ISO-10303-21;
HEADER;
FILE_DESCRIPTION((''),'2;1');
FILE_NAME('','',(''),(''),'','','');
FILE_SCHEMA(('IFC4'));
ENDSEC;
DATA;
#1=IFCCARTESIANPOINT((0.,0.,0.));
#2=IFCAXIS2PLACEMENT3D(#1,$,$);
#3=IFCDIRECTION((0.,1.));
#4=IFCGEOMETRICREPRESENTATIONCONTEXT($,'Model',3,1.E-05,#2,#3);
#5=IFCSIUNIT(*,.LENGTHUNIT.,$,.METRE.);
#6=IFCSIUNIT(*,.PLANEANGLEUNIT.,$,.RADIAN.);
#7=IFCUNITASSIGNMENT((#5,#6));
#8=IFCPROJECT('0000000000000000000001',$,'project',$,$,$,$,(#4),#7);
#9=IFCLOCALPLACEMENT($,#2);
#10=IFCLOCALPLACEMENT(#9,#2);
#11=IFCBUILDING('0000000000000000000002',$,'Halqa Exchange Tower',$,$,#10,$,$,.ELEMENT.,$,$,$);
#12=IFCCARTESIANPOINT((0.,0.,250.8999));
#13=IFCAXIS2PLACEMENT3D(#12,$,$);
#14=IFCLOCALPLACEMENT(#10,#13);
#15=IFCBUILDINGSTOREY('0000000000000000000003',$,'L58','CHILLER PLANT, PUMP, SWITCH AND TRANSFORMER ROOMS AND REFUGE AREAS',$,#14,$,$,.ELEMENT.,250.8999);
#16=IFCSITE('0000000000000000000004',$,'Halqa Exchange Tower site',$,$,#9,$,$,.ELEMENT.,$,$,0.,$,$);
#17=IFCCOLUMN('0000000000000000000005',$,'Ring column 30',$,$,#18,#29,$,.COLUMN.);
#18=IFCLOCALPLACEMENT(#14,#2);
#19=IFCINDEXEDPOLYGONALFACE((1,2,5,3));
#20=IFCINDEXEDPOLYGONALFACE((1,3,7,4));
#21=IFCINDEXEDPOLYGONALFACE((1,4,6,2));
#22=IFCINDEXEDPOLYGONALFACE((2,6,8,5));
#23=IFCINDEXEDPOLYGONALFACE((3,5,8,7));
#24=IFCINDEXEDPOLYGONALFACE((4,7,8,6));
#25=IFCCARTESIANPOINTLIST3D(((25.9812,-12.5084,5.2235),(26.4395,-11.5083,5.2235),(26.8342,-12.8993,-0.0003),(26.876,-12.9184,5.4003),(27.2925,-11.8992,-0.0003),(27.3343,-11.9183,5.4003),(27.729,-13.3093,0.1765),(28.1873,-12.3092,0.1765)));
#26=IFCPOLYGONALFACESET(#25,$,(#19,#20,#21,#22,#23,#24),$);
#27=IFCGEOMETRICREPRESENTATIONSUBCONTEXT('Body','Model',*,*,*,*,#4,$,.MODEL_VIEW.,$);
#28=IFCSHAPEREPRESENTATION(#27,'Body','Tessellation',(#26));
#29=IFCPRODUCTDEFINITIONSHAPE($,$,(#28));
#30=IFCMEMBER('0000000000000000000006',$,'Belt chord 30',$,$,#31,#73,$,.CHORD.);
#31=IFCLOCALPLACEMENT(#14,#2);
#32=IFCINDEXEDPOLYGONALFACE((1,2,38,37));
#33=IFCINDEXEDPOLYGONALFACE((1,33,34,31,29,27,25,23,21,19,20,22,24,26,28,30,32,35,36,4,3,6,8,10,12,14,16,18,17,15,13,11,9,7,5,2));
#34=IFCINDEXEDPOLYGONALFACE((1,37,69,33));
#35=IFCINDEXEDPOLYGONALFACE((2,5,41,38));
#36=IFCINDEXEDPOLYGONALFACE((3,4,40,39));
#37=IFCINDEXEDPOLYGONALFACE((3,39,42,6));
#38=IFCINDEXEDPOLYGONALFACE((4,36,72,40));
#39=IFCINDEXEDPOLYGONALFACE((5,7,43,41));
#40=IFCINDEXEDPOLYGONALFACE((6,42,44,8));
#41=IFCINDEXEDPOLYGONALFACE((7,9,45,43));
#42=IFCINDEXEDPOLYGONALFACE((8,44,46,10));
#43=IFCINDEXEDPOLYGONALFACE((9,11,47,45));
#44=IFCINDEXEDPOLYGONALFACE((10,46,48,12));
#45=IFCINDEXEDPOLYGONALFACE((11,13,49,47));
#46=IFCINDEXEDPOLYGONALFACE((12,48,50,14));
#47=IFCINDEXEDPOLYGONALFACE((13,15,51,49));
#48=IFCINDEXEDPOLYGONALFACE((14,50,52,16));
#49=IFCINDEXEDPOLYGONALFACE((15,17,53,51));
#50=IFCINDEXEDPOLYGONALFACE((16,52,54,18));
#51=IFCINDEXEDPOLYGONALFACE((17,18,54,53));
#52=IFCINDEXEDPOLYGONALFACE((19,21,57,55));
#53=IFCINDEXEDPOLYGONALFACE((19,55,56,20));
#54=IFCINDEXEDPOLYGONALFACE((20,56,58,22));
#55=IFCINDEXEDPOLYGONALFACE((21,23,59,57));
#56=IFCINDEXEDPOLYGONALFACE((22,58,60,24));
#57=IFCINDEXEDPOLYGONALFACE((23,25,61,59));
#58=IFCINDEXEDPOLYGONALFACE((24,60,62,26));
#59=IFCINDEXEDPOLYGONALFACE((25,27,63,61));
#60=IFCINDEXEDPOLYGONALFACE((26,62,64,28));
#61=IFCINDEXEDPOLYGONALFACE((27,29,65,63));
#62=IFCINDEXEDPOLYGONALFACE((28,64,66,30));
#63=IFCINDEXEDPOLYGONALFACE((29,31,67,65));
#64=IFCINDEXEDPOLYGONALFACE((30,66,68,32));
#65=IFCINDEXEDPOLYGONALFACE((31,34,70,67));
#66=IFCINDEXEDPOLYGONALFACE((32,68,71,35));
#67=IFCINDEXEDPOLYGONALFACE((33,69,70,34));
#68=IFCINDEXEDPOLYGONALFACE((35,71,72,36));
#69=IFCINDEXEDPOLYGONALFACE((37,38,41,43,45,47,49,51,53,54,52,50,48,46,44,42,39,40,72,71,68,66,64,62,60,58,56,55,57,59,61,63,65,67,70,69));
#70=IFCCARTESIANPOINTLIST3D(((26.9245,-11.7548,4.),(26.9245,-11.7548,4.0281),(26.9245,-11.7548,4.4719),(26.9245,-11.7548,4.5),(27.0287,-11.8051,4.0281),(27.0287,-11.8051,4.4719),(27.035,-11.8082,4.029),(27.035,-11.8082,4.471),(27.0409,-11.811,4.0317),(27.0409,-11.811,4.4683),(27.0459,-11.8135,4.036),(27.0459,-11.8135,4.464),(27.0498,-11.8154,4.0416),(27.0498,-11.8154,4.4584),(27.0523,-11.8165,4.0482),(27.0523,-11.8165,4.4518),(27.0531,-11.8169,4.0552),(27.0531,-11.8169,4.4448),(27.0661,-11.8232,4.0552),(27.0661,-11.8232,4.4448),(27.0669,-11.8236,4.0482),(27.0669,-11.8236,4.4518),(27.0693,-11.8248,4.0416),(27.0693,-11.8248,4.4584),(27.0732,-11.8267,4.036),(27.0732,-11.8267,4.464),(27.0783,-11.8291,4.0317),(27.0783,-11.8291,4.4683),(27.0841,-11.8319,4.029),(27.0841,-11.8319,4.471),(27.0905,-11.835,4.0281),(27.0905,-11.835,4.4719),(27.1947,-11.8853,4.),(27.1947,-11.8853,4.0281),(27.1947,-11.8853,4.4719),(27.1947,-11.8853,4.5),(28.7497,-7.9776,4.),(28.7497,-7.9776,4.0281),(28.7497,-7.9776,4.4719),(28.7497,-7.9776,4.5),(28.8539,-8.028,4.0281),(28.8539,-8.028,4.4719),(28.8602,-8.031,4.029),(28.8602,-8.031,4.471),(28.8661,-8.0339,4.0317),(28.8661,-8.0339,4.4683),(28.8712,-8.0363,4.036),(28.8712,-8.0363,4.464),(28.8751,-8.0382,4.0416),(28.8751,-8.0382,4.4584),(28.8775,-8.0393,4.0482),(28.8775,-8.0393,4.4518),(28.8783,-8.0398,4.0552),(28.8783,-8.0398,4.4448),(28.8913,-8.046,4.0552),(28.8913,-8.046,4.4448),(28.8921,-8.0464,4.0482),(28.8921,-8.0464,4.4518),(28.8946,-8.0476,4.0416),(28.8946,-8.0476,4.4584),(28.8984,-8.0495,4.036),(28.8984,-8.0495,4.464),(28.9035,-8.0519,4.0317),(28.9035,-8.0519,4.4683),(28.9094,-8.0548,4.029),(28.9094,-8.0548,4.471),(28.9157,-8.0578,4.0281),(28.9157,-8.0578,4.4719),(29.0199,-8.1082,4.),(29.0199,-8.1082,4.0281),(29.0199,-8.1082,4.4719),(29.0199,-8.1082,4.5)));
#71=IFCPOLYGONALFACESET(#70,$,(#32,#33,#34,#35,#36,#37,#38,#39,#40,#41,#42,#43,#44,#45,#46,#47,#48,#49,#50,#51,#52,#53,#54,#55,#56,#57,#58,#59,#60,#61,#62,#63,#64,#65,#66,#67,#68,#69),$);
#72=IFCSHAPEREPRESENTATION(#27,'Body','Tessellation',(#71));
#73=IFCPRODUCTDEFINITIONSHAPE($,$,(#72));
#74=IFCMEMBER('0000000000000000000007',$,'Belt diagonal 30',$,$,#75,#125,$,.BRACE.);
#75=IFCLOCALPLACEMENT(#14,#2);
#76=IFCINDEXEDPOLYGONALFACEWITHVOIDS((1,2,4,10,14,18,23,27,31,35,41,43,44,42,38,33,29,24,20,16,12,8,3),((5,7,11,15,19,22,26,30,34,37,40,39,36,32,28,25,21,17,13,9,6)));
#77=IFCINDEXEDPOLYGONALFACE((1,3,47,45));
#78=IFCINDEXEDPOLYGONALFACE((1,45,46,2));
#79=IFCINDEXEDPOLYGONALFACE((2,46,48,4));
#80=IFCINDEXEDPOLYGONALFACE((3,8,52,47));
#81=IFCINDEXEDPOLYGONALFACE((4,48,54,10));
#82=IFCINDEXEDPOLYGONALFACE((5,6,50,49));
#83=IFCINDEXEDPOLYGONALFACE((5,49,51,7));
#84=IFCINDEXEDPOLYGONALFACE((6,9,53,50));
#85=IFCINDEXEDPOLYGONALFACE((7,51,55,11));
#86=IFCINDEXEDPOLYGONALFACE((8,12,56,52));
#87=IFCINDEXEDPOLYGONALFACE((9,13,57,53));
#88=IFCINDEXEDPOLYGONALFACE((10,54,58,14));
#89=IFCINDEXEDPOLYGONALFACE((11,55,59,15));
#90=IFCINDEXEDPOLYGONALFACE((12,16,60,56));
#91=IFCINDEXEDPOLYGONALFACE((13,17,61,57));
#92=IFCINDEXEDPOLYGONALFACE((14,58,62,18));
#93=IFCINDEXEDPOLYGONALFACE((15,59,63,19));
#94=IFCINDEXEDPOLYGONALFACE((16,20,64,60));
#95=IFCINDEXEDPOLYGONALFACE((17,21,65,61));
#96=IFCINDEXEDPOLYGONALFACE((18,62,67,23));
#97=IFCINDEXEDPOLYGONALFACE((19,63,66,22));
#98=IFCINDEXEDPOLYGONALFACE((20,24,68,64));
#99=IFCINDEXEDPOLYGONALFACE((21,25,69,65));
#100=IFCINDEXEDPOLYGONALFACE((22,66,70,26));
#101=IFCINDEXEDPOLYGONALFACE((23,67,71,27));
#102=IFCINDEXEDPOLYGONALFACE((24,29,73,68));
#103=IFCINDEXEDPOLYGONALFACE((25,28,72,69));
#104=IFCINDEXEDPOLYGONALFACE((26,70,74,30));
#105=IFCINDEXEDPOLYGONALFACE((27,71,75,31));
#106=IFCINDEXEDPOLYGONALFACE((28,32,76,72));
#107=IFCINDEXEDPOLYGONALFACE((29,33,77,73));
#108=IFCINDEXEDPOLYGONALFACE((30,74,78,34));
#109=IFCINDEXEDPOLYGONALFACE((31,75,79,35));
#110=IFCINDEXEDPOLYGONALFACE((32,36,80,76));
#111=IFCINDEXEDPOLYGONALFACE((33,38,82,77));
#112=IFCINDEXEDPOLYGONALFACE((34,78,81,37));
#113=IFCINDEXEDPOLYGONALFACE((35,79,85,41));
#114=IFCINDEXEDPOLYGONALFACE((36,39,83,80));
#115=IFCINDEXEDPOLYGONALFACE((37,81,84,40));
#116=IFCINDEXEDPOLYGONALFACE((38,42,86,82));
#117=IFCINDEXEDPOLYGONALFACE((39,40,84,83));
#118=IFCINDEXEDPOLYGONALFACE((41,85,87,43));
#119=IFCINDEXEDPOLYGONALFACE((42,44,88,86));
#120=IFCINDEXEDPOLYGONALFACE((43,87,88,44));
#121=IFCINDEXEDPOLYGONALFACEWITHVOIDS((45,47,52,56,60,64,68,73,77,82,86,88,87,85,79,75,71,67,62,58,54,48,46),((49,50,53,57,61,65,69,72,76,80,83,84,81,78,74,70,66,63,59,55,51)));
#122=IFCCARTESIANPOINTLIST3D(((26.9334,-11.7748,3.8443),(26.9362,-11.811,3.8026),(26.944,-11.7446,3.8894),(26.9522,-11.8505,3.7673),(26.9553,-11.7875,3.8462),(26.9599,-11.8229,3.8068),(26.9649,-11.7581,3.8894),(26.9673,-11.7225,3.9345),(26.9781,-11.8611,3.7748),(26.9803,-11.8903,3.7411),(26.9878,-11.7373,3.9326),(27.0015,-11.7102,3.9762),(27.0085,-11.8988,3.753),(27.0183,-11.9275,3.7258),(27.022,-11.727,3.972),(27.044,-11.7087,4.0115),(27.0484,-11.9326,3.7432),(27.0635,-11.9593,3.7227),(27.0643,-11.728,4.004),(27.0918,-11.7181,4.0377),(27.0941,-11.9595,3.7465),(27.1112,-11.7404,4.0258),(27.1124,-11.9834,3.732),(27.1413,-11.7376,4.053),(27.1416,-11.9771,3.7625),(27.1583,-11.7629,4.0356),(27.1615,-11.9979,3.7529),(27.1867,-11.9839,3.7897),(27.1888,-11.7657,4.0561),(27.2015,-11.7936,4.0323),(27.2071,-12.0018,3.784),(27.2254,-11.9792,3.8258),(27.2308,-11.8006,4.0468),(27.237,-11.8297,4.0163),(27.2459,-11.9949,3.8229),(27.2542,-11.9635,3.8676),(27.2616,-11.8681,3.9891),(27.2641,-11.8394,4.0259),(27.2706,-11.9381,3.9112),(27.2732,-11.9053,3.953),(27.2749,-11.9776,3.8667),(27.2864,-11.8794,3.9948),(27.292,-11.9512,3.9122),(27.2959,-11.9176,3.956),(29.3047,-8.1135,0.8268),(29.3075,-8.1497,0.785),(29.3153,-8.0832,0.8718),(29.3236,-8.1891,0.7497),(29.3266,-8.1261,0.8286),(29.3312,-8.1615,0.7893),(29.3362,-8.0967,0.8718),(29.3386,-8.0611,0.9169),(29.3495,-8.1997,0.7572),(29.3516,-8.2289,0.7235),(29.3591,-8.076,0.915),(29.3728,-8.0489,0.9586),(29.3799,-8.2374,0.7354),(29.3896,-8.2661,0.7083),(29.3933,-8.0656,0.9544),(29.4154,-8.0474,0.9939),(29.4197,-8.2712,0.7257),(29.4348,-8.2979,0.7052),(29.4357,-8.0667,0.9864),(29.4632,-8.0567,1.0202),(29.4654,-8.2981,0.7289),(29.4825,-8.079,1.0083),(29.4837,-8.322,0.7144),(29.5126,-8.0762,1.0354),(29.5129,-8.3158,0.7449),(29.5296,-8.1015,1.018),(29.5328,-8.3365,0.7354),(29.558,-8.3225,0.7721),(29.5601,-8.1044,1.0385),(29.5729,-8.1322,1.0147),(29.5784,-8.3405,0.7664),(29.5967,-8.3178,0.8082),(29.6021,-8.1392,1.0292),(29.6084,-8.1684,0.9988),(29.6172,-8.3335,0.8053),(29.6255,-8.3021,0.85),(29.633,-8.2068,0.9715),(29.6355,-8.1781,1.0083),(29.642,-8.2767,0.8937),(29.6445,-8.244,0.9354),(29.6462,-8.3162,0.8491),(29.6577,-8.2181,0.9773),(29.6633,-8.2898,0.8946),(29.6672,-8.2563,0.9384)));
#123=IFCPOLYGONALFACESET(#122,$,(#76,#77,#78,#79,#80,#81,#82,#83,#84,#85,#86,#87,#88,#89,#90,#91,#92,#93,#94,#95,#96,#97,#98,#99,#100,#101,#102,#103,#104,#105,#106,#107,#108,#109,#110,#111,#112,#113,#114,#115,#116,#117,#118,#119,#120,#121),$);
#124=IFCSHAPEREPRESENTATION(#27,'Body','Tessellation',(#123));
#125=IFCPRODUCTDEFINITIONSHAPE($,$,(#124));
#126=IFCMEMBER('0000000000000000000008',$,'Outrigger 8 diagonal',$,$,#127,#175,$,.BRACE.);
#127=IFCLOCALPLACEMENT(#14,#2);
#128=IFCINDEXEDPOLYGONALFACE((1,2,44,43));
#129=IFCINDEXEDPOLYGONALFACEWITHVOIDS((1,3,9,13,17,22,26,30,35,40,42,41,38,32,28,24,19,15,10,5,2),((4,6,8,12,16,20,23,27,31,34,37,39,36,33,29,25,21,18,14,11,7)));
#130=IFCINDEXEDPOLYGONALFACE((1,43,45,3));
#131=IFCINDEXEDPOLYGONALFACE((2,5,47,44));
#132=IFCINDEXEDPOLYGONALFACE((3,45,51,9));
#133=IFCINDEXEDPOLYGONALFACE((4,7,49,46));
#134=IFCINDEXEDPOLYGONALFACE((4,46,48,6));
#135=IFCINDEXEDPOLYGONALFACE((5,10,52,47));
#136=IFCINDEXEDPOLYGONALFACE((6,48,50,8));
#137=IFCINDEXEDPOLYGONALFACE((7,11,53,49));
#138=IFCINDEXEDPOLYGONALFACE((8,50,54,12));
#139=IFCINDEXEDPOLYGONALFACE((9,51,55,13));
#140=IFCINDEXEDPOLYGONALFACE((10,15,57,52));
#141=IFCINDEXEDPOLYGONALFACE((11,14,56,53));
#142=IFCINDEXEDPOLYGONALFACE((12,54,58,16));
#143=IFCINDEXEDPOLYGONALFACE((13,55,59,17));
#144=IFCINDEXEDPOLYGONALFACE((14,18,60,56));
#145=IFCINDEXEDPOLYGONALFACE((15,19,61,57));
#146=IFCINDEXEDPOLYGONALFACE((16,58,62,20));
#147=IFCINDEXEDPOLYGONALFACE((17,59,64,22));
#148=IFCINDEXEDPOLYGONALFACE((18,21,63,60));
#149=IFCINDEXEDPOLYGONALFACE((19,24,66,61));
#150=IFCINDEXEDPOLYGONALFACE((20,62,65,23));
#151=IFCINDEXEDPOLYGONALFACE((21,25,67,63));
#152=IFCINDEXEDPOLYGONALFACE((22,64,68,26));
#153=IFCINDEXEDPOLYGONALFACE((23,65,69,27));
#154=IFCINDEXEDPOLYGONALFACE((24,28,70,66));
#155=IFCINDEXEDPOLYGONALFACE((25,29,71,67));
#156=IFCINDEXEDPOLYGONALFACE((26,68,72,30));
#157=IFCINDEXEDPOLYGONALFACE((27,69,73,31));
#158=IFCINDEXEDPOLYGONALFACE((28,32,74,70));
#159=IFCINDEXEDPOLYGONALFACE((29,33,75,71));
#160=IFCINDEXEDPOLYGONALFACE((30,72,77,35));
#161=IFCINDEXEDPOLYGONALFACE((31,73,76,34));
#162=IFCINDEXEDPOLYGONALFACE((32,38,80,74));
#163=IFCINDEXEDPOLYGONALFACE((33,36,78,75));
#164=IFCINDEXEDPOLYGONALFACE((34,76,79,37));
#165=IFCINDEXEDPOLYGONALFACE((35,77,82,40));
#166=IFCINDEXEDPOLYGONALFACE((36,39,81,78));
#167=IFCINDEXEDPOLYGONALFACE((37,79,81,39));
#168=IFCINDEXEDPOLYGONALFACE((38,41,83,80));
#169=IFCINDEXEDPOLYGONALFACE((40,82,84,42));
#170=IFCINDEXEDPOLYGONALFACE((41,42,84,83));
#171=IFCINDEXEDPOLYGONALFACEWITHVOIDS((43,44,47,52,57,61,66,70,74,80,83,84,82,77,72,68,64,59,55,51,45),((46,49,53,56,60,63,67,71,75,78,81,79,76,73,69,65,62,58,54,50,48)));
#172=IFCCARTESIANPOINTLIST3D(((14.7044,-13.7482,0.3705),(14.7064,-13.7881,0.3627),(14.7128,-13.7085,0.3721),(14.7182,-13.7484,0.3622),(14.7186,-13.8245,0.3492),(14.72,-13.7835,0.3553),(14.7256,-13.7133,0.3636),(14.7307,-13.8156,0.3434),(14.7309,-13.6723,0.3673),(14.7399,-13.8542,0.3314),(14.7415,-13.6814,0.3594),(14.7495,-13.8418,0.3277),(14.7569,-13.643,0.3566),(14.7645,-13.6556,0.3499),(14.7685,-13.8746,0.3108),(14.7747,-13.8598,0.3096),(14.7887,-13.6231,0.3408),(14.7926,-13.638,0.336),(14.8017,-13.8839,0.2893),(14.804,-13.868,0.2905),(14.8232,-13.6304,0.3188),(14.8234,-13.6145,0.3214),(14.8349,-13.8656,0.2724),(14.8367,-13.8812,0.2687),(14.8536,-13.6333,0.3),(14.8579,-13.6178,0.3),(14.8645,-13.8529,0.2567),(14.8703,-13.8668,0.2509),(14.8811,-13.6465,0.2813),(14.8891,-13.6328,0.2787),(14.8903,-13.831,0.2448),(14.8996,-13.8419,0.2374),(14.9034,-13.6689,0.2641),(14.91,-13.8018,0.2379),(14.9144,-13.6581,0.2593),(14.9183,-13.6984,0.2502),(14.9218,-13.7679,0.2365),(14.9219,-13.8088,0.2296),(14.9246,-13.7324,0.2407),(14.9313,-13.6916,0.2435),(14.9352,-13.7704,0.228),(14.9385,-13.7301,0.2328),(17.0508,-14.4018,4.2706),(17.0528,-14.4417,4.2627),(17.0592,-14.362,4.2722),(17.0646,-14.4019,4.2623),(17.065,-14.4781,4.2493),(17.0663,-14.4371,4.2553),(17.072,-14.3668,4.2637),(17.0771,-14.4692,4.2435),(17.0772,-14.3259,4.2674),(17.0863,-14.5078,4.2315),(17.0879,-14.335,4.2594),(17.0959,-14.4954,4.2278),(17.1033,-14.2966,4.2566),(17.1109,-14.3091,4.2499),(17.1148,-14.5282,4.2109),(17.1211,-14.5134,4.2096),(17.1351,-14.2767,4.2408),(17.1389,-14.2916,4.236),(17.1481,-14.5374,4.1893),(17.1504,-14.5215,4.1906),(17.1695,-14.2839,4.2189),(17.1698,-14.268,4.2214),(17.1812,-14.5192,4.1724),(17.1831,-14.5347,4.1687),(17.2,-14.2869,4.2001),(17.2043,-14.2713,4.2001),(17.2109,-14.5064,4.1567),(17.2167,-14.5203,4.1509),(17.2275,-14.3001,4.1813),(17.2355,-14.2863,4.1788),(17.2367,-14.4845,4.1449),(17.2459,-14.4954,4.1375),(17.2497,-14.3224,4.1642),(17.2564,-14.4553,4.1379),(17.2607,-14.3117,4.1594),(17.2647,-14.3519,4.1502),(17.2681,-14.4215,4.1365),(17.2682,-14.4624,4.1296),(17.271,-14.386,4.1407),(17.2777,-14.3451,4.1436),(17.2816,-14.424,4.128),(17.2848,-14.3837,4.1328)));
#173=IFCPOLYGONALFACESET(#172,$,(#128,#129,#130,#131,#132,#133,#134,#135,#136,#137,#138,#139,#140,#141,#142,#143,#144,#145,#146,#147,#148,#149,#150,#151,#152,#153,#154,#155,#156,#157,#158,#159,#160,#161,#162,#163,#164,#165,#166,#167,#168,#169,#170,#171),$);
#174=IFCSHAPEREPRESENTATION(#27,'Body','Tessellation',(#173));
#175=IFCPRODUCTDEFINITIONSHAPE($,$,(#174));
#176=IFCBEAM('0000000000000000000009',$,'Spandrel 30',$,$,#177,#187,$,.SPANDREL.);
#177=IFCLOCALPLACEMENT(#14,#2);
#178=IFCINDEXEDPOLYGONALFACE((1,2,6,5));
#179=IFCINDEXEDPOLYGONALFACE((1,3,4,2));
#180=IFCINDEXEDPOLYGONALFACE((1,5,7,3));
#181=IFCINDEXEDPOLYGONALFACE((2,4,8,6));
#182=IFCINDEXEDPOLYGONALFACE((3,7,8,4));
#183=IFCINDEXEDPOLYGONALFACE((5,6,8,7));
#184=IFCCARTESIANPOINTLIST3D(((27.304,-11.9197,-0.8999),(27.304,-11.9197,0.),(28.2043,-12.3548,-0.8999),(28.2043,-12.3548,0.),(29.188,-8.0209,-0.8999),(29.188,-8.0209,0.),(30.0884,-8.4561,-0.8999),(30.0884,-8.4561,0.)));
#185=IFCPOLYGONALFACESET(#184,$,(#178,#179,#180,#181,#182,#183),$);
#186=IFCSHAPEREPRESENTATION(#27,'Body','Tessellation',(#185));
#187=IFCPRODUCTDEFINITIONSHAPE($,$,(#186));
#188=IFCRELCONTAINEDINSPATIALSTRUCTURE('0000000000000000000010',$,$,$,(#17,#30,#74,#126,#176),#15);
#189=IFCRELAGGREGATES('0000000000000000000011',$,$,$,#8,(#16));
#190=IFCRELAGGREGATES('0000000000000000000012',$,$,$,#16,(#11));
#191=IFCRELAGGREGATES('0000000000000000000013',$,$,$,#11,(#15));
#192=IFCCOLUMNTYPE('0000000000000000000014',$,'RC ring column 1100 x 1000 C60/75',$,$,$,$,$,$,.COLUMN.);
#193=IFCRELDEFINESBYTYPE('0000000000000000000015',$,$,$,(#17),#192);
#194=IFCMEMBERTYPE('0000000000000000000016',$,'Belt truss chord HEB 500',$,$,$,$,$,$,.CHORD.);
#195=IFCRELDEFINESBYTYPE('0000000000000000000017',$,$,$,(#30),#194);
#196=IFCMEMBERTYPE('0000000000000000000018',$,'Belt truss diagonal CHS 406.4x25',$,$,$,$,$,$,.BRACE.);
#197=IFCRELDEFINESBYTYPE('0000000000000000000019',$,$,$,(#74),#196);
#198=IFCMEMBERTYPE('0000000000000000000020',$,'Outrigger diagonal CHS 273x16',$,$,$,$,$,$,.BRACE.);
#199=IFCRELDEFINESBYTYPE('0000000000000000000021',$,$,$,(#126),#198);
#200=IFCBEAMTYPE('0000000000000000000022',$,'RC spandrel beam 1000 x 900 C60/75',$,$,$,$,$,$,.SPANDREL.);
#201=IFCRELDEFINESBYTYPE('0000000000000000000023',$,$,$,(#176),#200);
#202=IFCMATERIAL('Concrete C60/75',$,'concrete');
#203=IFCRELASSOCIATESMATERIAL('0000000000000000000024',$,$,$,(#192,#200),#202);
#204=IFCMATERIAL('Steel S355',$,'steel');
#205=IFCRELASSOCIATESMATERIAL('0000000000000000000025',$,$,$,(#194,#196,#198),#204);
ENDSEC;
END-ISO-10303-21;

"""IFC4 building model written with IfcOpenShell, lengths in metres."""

from ifc_helpers import new_model, si_unit, direction, frame, origin, origin_2d, place, context, subcontext, project, spatial, rectangle, hollow_circle, i_section, extrude, material, material_profile, profile_set, type_object, element, save


model = new_model("IFC4")

# Units and contexts
model_context = context("Model", 3, precision=1e-05, world=origin(), true_north=direction((0.0, 1.0)))
body_context = subcontext(model_context, "Body", "Model", "MODEL_VIEW")
ifc_project = project(units=[si_unit("LENGTHUNIT", "METRE"), si_unit("PLANEANGLEUNIT", "RADIAN")], contexts=[model_context])

# Site, building, storey
site_placement = place(None, origin())
site = spatial("IfcSite", under=ifc_project, at=site_placement, Name="Halqa Exchange Tower site", CompositionType="ELEMENT", RefElevation=0.0)
building_placement = place(site_placement, origin())
building = spatial("IfcBuilding", under=site, at=building_placement, Name="Halqa Exchange Tower", CompositionType="ELEMENT")
storey_placement = place(building_placement, frame((0.0, 0.0, 250.8999)))
storey = spatial("IfcBuildingStorey", under=building, at=storey_placement, Name="L58", Description="CHILLER PLANT, PUMP, SWITCH AND TRANSFORMER ROOMS AND REFUGE AREAS", CompositionType="ELEMENT", Elevation=250.8999)

# Column
ifc_material_1 = material(Name="Concrete C60/75", Category="concrete")
ifc_material_profile_1 = material_profile(ifc_material_1, rectangle(XDim=1.1001, YDim=1.0, at=origin_2d()), Name="1100 x 1000")
ifc_profile_set_1 = profile_set([ifc_material_profile_1], Name="Concrete C60/75")
column_type = type_object("IfcColumnType", Name="RC ring column 1100 x 1000 C60/75", PredefinedType="COLUMN", material=ifc_profile_set_1)
column_placement = place(storey_placement, frame((27.5107, -12.6042, 0.0881), z_axis=(-0.160722, 0.073645, 0.984248), x_axis=(-0.416565, -0.909106, 0.0)))
element("IfcColumn", 1, at=column_placement, inside=storey, type_object=column_type, Name="Ring column 30", PredefinedType="COLUMN", context=body_context, shape_type="SweptSolid", body=[
    extrude(rectangle(XDim=1.1001, YDim=1.0, at=origin_2d()), origin(), (0.0, 0.0, 1.0), 5.3074),
])

# Members
ifc_material_2 = material(Name="Steel S355", Category="steel")
ifc_material_profile_2 = material_profile(ifc_material_2, i_section(OverallWidth=0.3, OverallDepth=0.5, WebThickness=0.0144, FlangeThickness=0.0281, FilletRadius=0.0271, at=origin_2d()), Name="HEB 500")
ifc_profile_set_2 = profile_set([ifc_material_profile_2], Name="Steel S355")
member_type_1 = type_object("IfcMemberType", Name="Belt truss chord HEB 500", PredefinedType="CHORD", material=ifc_profile_set_2)
member_1_placement = place(storey_placement, frame((27.0596, -11.8201, 4.25), z_axis=(0.435091, 0.900387, 0.0), x_axis=(-0.900387, 0.435091, 0.0)))
element("IfcMember", 2, at=member_1_placement, inside=storey, type_object=member_type_1, Name="Belt chord 30", PredefinedType="CHORD", context=body_context, shape_type="SweptSolid", body=[
    extrude(i_section(OverallWidth=0.3, OverallDepth=0.5, WebThickness=0.0144, FlangeThickness=0.0281, FilletRadius=0.0271, at=origin_2d()), origin(), (0.0, 0.0, 1.0), 4.1951),
])
ifc_material_profile_3 = material_profile(ifc_material_2, hollow_circle(Radius=0.2031, WallThickness=0.0249, at=origin_2d()), Name="CHS 406.4x25")
ifc_profile_set_3 = profile_set([ifc_material_profile_3], Name="Steel S355")
member_type_2 = type_object("IfcMemberType", Name="Belt truss diagonal CHS 406.4x25", PredefinedType="BRACE", material=ifc_profile_set_3)
member_2_placement = place(storey_placement, frame((27.1145, -11.855, 3.8894), z_axis=(0.447067, 0.690277, -0.568902), x_axis=(-0.839339, 0.543609, 0.0)))
element("IfcMember", 3, at=member_2_placement, inside=storey, type_object=member_type_2, Name="Belt diagonal 30", PredefinedType="BRACE", context=body_context, shape_type="SweptSolid", body=[
    extrude(hollow_circle(Radius=0.2031, WallThickness=0.0249, at=origin_2d()), origin(), (0.0, 0.0, 1.0), 5.3042),
])
ifc_material_profile_4 = material_profile(ifc_material_2, hollow_circle(Radius=0.1365, WallThickness=0.0161, at=origin_2d()), Name="CHS 273x16")
ifc_profile_set_4 = profile_set([ifc_material_profile_4], Name="Steel S355")
member_type_3 = type_object("IfcMemberType", Name="Outrigger diagonal CHS 273x16", PredefinedType="BRACE", material=ifc_profile_set_4)
member_3_placement = place(storey_placement, frame((14.8213, -13.7493, 0.3), z_axis=(0.510287, -0.142133, 0.848178), x_axis=(0.268321, 0.96333, 0.0)))
element("IfcMember", 4, at=member_3_placement, inside=storey, type_object=member_type_3, Name="Outrigger 8 diagonal", PredefinedType="BRACE", context=body_context, shape_type="SweptSolid", body=[
    extrude(hollow_circle(Radius=0.1365, WallThickness=0.0161, at=origin_2d()), origin(), (0.0, 0.0, 1.0), 4.5981),
])

# Beam
ifc_material_profile_5 = material_profile(ifc_material_1, rectangle(XDim=1.0, YDim=0.8999, at=origin_2d()), Name="1000 x 900")
ifc_profile_set_5 = profile_set([ifc_material_profile_5], Name="Concrete C60/75")
beam_type = type_object("IfcBeamType", Name="RC spandrel beam 1000 x 900 C60/75", PredefinedType="SPANDREL", material=ifc_profile_set_5)
beam_placement = place(storey_placement, frame((27.7542, -12.1372, -0.45), z_axis=(0.435107, 0.900379, 0.0), x_axis=(-0.900379, 0.435107, 0.0)))
element("IfcBeam", 5, at=beam_placement, inside=storey, type_object=beam_type, Name="Spandrel 30", PredefinedType="SPANDREL", context=body_context, shape_type="SweptSolid", body=[
    extrude(rectangle(XDim=1.0, YDim=0.8999, at=origin_2d()), origin(), (0.0, 0.0, 1.0), 4.3301),
])

save(model, "model.ifc")
